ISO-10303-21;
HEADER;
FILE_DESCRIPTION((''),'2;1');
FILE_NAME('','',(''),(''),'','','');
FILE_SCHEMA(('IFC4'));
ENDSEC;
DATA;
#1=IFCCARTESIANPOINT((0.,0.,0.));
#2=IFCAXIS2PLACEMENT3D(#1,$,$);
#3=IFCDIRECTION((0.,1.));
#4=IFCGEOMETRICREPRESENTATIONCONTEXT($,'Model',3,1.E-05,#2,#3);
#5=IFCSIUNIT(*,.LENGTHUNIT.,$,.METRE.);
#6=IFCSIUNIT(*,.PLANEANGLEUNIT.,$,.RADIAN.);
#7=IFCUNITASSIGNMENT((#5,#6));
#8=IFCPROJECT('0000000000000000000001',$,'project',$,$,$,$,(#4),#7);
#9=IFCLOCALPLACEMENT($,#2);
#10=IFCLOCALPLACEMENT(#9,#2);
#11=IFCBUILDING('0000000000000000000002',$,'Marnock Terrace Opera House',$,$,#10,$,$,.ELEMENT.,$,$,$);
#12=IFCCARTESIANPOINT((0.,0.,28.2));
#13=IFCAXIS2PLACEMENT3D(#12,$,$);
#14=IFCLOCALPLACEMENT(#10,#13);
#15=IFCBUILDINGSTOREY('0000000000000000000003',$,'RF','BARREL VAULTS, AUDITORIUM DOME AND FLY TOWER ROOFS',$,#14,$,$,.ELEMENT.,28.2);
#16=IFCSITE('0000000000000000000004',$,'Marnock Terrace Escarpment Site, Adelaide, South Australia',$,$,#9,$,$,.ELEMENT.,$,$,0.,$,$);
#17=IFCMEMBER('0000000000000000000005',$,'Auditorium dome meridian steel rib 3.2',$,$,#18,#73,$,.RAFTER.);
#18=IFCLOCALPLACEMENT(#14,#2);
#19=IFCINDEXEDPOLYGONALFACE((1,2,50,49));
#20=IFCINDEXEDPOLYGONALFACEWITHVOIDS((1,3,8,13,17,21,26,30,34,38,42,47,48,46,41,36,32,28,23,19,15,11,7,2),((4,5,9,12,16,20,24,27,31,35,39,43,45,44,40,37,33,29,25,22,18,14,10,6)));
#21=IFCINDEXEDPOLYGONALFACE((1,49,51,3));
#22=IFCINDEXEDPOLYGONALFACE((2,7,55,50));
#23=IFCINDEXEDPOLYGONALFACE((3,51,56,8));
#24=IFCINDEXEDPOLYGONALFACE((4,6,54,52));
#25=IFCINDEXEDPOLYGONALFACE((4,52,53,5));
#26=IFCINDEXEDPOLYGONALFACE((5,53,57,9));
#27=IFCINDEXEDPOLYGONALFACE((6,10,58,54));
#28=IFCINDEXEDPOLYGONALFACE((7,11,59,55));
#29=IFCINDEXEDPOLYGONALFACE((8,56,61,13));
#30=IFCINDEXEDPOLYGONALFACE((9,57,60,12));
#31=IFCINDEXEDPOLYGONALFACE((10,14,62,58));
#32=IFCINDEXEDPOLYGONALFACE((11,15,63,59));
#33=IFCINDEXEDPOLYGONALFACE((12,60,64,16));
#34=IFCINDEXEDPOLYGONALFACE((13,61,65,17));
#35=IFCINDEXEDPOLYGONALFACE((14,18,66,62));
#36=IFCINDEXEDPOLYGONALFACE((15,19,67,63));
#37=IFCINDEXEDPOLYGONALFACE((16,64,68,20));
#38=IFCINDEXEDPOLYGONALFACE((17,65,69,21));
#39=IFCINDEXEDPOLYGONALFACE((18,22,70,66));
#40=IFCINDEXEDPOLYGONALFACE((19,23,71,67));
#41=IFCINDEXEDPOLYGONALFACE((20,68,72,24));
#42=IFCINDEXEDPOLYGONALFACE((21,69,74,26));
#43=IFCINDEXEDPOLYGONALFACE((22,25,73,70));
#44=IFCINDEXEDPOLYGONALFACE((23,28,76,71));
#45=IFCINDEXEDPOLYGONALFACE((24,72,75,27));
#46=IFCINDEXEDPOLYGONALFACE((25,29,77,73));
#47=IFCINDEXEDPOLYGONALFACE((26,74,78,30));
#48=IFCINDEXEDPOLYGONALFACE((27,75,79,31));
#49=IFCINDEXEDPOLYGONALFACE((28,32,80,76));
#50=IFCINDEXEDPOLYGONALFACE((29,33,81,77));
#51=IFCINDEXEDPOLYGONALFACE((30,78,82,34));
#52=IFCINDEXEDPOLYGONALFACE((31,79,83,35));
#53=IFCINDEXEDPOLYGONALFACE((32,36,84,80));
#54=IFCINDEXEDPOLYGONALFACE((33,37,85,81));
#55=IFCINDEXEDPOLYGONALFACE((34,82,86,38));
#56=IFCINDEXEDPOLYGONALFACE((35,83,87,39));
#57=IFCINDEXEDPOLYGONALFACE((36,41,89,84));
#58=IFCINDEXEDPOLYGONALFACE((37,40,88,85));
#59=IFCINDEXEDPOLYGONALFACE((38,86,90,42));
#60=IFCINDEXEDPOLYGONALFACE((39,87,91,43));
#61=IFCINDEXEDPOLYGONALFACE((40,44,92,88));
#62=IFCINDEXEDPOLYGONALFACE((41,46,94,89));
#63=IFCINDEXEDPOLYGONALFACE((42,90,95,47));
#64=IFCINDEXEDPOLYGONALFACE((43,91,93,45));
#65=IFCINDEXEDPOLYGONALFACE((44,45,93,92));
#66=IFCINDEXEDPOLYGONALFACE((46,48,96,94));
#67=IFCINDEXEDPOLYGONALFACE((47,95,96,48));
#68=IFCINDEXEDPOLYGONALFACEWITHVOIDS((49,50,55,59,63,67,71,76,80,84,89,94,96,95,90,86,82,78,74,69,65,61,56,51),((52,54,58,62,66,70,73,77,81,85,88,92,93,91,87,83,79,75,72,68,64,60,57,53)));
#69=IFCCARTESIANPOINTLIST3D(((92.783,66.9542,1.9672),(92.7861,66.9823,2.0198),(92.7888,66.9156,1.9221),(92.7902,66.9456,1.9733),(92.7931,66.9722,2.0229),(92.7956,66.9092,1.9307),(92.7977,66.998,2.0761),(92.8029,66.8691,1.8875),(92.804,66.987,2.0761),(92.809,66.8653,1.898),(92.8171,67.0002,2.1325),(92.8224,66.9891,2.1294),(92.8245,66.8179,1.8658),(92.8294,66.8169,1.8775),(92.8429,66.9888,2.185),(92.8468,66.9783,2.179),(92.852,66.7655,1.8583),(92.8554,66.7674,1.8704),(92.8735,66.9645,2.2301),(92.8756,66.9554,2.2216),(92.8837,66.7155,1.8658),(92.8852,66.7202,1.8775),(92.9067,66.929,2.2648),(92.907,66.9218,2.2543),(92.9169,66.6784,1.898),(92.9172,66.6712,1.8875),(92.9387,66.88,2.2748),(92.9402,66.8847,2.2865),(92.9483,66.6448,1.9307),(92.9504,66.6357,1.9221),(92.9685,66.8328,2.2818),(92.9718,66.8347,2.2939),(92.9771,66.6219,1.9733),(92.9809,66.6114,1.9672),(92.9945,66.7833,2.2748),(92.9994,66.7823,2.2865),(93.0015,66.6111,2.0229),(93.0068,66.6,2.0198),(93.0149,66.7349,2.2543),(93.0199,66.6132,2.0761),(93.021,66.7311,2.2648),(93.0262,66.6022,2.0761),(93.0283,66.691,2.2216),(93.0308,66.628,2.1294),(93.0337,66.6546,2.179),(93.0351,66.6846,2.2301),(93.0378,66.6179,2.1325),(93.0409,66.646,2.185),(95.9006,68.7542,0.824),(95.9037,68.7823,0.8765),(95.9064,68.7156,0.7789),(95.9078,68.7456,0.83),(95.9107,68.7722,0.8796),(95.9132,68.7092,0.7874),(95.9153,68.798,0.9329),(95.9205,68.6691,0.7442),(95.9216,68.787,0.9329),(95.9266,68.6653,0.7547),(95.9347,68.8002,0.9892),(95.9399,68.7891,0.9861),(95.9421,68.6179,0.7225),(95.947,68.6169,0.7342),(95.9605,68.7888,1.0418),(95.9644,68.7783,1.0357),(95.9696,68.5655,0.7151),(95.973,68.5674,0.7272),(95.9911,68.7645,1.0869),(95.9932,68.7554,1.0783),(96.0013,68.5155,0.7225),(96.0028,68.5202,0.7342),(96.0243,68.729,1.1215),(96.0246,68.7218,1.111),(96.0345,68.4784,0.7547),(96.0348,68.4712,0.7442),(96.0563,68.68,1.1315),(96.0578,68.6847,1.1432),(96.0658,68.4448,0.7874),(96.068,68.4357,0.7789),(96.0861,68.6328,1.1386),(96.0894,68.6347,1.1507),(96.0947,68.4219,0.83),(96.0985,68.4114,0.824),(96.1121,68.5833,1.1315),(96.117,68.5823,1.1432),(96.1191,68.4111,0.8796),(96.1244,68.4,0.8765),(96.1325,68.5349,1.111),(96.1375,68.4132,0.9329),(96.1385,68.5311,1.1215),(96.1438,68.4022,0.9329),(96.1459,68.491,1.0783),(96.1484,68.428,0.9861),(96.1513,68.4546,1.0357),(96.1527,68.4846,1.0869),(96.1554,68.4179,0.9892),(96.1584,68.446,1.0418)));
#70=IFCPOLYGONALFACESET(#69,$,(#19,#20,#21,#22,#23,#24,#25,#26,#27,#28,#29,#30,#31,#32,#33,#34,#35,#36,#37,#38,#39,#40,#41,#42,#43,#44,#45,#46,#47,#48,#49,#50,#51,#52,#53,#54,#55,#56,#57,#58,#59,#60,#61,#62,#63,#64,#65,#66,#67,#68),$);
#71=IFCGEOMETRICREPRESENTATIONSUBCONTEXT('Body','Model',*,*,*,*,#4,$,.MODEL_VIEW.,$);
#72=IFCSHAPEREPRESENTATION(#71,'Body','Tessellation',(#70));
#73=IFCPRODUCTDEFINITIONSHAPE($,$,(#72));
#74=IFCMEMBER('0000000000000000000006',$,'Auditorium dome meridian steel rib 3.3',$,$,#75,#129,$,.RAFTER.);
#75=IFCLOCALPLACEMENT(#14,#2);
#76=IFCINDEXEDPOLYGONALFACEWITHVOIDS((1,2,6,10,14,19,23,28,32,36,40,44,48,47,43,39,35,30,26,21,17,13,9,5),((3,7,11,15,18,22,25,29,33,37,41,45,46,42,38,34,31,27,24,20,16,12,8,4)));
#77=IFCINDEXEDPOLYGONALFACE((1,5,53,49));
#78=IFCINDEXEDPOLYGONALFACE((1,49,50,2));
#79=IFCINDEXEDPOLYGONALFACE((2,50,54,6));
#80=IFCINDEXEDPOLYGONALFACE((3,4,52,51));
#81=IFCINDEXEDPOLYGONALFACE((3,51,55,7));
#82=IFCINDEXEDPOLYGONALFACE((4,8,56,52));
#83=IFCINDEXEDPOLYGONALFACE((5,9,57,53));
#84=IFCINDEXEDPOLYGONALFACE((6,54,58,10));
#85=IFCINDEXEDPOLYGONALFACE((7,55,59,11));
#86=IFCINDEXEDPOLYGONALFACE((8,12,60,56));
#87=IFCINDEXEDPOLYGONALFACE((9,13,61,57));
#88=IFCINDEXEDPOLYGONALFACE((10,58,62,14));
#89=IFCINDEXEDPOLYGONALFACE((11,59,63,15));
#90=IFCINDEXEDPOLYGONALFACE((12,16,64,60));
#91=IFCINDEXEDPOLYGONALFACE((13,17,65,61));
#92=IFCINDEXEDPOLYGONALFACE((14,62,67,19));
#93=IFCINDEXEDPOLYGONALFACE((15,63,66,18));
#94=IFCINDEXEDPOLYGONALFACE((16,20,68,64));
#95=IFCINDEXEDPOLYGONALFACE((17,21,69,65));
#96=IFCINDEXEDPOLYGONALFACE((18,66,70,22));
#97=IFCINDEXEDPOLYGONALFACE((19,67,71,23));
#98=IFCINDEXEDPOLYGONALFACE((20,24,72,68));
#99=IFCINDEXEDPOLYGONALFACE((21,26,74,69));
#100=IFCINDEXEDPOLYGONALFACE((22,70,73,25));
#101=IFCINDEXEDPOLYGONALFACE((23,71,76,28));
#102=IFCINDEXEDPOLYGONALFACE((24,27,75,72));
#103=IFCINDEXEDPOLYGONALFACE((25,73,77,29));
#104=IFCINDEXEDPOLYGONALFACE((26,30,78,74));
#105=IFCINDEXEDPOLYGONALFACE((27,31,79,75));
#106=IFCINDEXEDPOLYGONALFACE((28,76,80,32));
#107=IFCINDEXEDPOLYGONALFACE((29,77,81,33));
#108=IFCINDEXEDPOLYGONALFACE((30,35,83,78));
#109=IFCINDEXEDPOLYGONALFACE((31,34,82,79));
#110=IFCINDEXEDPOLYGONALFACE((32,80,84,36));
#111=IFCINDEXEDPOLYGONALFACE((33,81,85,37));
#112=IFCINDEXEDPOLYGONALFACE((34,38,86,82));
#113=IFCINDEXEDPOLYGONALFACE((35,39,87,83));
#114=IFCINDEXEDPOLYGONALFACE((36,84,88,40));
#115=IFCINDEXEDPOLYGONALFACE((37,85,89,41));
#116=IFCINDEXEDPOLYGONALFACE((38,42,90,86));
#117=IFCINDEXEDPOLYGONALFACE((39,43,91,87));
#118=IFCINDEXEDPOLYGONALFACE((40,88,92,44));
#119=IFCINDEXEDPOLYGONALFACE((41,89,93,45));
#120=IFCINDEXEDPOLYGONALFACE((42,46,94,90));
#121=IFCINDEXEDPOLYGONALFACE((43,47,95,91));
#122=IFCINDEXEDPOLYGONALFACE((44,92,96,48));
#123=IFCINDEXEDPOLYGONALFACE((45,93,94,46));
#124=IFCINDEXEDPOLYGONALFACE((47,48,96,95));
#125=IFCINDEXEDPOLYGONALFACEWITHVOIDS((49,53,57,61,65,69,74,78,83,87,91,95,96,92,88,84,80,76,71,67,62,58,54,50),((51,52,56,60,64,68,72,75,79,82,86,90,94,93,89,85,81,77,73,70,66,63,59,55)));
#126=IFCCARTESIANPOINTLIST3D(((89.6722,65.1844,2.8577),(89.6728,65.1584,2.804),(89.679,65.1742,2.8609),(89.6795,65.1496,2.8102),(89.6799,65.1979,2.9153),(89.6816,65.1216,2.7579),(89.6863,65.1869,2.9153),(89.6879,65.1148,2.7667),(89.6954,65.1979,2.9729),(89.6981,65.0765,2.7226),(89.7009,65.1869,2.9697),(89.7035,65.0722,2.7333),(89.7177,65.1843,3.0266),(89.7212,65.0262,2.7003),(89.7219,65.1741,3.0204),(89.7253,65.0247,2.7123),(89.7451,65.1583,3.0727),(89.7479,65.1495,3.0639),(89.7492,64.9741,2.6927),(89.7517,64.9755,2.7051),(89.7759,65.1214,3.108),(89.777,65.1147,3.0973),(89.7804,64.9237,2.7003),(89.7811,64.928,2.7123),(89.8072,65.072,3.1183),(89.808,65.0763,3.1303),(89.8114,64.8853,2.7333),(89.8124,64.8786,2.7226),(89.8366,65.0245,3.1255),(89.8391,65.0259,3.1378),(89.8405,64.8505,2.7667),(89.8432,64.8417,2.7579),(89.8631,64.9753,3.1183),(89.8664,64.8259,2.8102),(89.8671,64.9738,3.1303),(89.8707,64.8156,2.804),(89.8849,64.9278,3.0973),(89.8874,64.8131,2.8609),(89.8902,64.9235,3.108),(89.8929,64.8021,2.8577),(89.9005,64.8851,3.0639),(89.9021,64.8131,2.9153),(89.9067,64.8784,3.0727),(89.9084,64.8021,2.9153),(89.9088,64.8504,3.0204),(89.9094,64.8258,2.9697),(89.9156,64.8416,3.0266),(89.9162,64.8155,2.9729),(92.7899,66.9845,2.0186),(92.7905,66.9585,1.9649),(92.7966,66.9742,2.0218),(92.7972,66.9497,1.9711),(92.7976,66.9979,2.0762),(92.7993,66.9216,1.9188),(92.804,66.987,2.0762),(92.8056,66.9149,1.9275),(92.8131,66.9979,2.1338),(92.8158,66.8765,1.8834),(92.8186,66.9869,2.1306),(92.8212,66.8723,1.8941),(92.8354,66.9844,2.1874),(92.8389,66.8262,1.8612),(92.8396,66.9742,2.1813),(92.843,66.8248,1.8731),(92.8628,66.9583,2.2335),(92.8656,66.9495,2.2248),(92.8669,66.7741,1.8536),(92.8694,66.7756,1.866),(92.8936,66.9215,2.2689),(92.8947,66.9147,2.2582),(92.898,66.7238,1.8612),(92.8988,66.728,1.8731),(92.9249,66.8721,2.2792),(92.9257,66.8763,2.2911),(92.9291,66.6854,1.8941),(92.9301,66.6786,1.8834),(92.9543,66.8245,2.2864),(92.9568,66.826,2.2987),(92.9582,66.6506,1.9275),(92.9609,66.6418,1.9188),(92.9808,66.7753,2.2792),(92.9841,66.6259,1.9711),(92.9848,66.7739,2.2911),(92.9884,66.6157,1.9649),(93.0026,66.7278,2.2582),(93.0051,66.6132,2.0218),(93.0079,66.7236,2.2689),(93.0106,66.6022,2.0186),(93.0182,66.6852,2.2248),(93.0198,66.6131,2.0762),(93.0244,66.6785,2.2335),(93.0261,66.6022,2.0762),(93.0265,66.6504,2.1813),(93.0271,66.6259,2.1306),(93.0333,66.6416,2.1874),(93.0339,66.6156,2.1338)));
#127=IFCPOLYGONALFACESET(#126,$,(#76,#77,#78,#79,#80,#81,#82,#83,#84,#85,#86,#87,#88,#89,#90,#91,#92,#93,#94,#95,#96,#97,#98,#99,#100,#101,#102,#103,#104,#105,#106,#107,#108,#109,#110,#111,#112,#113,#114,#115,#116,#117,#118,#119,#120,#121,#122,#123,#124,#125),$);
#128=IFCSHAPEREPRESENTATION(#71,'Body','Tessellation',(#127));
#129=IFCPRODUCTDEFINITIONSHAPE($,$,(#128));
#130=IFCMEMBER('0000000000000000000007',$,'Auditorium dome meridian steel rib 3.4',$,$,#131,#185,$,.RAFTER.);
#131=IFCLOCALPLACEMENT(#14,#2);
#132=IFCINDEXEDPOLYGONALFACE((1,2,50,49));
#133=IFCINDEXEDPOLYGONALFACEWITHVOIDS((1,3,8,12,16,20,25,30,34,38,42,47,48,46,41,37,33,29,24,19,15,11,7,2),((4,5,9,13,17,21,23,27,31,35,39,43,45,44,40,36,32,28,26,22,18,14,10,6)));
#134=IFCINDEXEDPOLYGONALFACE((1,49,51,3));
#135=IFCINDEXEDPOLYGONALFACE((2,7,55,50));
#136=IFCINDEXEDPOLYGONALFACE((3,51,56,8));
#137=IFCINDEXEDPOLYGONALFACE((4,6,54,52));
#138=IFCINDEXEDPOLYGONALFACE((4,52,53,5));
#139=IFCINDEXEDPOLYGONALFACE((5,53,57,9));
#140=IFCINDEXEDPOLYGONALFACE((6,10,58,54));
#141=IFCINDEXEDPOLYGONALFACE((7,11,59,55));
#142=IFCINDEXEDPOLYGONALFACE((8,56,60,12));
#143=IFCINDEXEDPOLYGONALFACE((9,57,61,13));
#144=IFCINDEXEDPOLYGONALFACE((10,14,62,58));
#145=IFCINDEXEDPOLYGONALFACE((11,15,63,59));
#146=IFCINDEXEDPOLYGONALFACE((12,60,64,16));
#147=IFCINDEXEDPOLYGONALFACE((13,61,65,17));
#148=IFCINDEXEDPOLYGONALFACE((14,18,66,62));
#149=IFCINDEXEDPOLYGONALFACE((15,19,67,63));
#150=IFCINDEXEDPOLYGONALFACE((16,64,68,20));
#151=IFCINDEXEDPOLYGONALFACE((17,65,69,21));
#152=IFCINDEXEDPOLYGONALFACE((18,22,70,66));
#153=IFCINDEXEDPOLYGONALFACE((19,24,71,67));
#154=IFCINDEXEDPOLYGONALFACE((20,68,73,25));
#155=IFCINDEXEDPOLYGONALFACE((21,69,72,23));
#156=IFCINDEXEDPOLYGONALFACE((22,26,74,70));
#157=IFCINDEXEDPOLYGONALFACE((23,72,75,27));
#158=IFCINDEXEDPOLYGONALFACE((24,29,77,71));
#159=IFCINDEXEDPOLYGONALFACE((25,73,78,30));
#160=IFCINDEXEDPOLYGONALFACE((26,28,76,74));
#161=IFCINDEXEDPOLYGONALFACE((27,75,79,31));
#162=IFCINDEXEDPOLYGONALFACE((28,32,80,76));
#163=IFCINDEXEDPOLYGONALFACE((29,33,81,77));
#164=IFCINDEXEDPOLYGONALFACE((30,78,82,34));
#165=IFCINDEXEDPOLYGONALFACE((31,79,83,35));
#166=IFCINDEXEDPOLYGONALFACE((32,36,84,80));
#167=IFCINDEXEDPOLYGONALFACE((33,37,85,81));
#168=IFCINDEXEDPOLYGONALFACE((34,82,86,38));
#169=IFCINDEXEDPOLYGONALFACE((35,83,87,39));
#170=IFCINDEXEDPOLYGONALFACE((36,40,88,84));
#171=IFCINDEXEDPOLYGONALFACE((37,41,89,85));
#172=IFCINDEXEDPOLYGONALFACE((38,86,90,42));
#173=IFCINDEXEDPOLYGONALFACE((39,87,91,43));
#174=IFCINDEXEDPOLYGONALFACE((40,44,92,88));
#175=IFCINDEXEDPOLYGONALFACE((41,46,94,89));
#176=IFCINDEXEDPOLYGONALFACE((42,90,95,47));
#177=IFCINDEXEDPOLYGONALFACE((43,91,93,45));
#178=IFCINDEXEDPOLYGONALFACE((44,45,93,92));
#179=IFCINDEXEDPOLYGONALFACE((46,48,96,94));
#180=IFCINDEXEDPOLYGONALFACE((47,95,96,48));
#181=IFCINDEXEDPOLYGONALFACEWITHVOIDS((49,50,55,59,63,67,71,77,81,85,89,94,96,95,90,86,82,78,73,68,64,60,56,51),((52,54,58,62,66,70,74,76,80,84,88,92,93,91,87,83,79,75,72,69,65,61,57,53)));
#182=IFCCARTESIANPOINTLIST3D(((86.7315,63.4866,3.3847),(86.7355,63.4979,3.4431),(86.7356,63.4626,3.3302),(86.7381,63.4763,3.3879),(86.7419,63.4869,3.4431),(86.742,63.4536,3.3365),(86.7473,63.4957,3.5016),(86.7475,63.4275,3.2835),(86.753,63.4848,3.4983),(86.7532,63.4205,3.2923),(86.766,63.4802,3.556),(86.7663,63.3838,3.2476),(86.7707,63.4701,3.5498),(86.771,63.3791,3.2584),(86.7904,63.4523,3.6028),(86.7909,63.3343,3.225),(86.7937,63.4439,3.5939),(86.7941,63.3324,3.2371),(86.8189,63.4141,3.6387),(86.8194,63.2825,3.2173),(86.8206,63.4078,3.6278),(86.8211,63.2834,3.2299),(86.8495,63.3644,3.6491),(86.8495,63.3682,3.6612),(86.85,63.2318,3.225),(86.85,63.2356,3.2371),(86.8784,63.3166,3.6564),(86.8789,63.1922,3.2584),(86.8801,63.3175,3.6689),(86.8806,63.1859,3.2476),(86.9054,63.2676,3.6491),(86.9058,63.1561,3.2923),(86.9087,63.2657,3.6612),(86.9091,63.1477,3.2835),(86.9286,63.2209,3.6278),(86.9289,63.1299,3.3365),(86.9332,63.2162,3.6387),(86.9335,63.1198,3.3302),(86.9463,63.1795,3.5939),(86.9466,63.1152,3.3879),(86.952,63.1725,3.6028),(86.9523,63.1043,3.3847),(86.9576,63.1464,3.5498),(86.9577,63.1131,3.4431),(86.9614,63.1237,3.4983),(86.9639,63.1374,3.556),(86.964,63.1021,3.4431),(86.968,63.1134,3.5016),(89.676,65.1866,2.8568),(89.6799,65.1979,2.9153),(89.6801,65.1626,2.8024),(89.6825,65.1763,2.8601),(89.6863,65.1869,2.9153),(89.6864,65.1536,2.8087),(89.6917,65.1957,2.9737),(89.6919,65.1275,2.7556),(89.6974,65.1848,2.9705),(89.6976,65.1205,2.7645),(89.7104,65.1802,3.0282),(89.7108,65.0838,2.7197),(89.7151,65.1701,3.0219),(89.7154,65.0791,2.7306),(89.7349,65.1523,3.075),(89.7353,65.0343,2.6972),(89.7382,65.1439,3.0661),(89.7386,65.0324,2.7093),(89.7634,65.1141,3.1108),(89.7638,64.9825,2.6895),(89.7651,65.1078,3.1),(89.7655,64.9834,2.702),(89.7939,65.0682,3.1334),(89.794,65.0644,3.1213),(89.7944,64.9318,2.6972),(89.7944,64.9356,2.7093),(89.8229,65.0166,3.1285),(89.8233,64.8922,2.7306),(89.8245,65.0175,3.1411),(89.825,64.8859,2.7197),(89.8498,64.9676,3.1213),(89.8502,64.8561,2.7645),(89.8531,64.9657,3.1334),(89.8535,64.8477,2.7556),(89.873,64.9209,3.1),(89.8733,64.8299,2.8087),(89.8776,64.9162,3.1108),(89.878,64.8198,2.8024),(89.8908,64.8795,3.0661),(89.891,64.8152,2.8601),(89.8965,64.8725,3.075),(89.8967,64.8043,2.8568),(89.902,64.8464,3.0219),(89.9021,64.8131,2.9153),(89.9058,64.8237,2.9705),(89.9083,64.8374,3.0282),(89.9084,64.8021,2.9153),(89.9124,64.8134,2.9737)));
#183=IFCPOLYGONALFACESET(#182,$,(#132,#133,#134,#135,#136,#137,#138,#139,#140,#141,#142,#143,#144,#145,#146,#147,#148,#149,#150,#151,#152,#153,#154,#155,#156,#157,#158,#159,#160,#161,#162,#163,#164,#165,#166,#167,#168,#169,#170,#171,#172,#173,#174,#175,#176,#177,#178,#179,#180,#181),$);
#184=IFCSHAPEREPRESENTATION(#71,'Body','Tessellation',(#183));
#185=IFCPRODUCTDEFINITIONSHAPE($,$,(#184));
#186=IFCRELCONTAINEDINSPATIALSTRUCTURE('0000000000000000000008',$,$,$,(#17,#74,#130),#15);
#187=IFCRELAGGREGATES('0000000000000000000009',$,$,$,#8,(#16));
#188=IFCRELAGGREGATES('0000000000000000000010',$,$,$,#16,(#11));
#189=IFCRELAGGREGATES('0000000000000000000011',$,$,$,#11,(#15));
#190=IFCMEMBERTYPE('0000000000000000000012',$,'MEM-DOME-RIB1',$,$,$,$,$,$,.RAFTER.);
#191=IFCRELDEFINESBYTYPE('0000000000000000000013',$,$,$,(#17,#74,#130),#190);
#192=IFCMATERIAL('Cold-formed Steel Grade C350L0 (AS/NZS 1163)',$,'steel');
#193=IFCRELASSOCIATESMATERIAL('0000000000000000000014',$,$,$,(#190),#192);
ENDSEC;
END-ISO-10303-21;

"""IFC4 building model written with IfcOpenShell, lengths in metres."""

from ifc_helpers import new_model, si_unit, direction, frame, origin, origin_2d, place, context, subcontext, project, spatial, hollow_circle, extrude, material, material_profile, profile_set, type_object, element, save


model = new_model("IFC4")

# Units and contexts
model_context = context("Model", 3, precision=1e-05, world=origin(), true_north=direction((0.0, 1.0)))
body_context = subcontext(model_context, "Body", "Model", "MODEL_VIEW")
ifc_project = project(units=[si_unit("LENGTHUNIT", "METRE"), si_unit("PLANEANGLEUNIT", "RADIAN")], contexts=[model_context])

# Site, building, storey
site_placement = place(None, origin())
site = spatial("IfcSite", under=ifc_project, at=site_placement, Name="Marnock Terrace Escarpment Site, Adelaide, South Australia", CompositionType="ELEMENT", RefElevation=0.0)
building_placement = place(site_placement, origin())
building = spatial("IfcBuilding", under=site, at=building_placement, Name="Marnock Terrace Opera House", CompositionType="ELEMENT")
storey_placement = place(building_placement, frame((0.0, 0.0, 28.2)))
storey = spatial("IfcBuildingStorey", under=building, at=storey_placement, Name="RF", Description="BARREL VAULTS, AUDITORIUM DOME AND FLY TOWER ROOFS", CompositionType="ELEMENT", Elevation=28.2)

# Members
ifc_material_1 = material(Name="Cold-formed Steel Grade C350L0 (AS/NZS 1163)", Category="steel")
ifc_material_profile_1 = material_profile(ifc_material_1, hollow_circle(Radius=0.2285, WallThickness=0.0127, at=origin_2d()))
ifc_profile_set_1 = profile_set([ifc_material_profile_1], Name="Cold-formed Steel Grade C350L0 (AS/NZS 1163)")
member_type_1 = type_object("IfcMemberType", Name="MEM-DOME-RIB1", PredefinedType="RAFTER", material=ifc_profile_set_1)
member_1_placement = place(storey_placement, frame((96.0295, 68.6001, 0.9329), z_axis=(-0.825393, -0.476556, 0.302687), x_axis=(0.500012, -0.866018, 0.0)))
element("IfcMember", 1, at=member_1_placement, inside=storey, type_object=member_type_1, Name="Auditorium dome meridian steel rib 3.2", PredefinedType="RAFTER", context=body_context, shape_type="SweptSolid", body=[
    extrude(hollow_circle(Radius=0.2285, WallThickness=0.0127, at=origin_2d()), origin(), (0.0, 0.0, 1.0), 3.7771),
])
member_2_placement = place(storey_placement, frame((92.9119, 66.8, 2.0762), z_axis=(-0.843411, -0.486959, 0.227001), x_axis=(0.500012, -0.866018, 0.0)))
element("IfcMember", 2, at=member_2_placement, inside=storey, type_object=member_type_1, Name="Auditorium dome meridian steel rib 3.3", PredefinedType="RAFTER", context=body_context, shape_type="SweptSolid", body=[
    extrude(hollow_circle(Radius=0.2285, WallThickness=0.0127, at=origin_2d()), origin(), (0.0, 0.0, 1.0), 3.6965),
])
member_3_placement = place(storey_placement, frame((89.7942, 65.0, 2.9153), z_axis=(-0.855769, -0.494089, 0.153414), x_axis=(0.500008, -0.866021, 0.0)))
element("IfcMember", 3, at=member_3_placement, inside=storey, type_object=member_type_1, Name="Auditorium dome meridian steel rib 3.4", PredefinedType="RAFTER", context=body_context, shape_type="SweptSolid", body=[
    extrude(hollow_circle(Radius=0.2285, WallThickness=0.0127, at=origin_2d()), origin(), (0.0, 0.0, 1.0), 3.4407),
])

save(model, "model.ifc")
